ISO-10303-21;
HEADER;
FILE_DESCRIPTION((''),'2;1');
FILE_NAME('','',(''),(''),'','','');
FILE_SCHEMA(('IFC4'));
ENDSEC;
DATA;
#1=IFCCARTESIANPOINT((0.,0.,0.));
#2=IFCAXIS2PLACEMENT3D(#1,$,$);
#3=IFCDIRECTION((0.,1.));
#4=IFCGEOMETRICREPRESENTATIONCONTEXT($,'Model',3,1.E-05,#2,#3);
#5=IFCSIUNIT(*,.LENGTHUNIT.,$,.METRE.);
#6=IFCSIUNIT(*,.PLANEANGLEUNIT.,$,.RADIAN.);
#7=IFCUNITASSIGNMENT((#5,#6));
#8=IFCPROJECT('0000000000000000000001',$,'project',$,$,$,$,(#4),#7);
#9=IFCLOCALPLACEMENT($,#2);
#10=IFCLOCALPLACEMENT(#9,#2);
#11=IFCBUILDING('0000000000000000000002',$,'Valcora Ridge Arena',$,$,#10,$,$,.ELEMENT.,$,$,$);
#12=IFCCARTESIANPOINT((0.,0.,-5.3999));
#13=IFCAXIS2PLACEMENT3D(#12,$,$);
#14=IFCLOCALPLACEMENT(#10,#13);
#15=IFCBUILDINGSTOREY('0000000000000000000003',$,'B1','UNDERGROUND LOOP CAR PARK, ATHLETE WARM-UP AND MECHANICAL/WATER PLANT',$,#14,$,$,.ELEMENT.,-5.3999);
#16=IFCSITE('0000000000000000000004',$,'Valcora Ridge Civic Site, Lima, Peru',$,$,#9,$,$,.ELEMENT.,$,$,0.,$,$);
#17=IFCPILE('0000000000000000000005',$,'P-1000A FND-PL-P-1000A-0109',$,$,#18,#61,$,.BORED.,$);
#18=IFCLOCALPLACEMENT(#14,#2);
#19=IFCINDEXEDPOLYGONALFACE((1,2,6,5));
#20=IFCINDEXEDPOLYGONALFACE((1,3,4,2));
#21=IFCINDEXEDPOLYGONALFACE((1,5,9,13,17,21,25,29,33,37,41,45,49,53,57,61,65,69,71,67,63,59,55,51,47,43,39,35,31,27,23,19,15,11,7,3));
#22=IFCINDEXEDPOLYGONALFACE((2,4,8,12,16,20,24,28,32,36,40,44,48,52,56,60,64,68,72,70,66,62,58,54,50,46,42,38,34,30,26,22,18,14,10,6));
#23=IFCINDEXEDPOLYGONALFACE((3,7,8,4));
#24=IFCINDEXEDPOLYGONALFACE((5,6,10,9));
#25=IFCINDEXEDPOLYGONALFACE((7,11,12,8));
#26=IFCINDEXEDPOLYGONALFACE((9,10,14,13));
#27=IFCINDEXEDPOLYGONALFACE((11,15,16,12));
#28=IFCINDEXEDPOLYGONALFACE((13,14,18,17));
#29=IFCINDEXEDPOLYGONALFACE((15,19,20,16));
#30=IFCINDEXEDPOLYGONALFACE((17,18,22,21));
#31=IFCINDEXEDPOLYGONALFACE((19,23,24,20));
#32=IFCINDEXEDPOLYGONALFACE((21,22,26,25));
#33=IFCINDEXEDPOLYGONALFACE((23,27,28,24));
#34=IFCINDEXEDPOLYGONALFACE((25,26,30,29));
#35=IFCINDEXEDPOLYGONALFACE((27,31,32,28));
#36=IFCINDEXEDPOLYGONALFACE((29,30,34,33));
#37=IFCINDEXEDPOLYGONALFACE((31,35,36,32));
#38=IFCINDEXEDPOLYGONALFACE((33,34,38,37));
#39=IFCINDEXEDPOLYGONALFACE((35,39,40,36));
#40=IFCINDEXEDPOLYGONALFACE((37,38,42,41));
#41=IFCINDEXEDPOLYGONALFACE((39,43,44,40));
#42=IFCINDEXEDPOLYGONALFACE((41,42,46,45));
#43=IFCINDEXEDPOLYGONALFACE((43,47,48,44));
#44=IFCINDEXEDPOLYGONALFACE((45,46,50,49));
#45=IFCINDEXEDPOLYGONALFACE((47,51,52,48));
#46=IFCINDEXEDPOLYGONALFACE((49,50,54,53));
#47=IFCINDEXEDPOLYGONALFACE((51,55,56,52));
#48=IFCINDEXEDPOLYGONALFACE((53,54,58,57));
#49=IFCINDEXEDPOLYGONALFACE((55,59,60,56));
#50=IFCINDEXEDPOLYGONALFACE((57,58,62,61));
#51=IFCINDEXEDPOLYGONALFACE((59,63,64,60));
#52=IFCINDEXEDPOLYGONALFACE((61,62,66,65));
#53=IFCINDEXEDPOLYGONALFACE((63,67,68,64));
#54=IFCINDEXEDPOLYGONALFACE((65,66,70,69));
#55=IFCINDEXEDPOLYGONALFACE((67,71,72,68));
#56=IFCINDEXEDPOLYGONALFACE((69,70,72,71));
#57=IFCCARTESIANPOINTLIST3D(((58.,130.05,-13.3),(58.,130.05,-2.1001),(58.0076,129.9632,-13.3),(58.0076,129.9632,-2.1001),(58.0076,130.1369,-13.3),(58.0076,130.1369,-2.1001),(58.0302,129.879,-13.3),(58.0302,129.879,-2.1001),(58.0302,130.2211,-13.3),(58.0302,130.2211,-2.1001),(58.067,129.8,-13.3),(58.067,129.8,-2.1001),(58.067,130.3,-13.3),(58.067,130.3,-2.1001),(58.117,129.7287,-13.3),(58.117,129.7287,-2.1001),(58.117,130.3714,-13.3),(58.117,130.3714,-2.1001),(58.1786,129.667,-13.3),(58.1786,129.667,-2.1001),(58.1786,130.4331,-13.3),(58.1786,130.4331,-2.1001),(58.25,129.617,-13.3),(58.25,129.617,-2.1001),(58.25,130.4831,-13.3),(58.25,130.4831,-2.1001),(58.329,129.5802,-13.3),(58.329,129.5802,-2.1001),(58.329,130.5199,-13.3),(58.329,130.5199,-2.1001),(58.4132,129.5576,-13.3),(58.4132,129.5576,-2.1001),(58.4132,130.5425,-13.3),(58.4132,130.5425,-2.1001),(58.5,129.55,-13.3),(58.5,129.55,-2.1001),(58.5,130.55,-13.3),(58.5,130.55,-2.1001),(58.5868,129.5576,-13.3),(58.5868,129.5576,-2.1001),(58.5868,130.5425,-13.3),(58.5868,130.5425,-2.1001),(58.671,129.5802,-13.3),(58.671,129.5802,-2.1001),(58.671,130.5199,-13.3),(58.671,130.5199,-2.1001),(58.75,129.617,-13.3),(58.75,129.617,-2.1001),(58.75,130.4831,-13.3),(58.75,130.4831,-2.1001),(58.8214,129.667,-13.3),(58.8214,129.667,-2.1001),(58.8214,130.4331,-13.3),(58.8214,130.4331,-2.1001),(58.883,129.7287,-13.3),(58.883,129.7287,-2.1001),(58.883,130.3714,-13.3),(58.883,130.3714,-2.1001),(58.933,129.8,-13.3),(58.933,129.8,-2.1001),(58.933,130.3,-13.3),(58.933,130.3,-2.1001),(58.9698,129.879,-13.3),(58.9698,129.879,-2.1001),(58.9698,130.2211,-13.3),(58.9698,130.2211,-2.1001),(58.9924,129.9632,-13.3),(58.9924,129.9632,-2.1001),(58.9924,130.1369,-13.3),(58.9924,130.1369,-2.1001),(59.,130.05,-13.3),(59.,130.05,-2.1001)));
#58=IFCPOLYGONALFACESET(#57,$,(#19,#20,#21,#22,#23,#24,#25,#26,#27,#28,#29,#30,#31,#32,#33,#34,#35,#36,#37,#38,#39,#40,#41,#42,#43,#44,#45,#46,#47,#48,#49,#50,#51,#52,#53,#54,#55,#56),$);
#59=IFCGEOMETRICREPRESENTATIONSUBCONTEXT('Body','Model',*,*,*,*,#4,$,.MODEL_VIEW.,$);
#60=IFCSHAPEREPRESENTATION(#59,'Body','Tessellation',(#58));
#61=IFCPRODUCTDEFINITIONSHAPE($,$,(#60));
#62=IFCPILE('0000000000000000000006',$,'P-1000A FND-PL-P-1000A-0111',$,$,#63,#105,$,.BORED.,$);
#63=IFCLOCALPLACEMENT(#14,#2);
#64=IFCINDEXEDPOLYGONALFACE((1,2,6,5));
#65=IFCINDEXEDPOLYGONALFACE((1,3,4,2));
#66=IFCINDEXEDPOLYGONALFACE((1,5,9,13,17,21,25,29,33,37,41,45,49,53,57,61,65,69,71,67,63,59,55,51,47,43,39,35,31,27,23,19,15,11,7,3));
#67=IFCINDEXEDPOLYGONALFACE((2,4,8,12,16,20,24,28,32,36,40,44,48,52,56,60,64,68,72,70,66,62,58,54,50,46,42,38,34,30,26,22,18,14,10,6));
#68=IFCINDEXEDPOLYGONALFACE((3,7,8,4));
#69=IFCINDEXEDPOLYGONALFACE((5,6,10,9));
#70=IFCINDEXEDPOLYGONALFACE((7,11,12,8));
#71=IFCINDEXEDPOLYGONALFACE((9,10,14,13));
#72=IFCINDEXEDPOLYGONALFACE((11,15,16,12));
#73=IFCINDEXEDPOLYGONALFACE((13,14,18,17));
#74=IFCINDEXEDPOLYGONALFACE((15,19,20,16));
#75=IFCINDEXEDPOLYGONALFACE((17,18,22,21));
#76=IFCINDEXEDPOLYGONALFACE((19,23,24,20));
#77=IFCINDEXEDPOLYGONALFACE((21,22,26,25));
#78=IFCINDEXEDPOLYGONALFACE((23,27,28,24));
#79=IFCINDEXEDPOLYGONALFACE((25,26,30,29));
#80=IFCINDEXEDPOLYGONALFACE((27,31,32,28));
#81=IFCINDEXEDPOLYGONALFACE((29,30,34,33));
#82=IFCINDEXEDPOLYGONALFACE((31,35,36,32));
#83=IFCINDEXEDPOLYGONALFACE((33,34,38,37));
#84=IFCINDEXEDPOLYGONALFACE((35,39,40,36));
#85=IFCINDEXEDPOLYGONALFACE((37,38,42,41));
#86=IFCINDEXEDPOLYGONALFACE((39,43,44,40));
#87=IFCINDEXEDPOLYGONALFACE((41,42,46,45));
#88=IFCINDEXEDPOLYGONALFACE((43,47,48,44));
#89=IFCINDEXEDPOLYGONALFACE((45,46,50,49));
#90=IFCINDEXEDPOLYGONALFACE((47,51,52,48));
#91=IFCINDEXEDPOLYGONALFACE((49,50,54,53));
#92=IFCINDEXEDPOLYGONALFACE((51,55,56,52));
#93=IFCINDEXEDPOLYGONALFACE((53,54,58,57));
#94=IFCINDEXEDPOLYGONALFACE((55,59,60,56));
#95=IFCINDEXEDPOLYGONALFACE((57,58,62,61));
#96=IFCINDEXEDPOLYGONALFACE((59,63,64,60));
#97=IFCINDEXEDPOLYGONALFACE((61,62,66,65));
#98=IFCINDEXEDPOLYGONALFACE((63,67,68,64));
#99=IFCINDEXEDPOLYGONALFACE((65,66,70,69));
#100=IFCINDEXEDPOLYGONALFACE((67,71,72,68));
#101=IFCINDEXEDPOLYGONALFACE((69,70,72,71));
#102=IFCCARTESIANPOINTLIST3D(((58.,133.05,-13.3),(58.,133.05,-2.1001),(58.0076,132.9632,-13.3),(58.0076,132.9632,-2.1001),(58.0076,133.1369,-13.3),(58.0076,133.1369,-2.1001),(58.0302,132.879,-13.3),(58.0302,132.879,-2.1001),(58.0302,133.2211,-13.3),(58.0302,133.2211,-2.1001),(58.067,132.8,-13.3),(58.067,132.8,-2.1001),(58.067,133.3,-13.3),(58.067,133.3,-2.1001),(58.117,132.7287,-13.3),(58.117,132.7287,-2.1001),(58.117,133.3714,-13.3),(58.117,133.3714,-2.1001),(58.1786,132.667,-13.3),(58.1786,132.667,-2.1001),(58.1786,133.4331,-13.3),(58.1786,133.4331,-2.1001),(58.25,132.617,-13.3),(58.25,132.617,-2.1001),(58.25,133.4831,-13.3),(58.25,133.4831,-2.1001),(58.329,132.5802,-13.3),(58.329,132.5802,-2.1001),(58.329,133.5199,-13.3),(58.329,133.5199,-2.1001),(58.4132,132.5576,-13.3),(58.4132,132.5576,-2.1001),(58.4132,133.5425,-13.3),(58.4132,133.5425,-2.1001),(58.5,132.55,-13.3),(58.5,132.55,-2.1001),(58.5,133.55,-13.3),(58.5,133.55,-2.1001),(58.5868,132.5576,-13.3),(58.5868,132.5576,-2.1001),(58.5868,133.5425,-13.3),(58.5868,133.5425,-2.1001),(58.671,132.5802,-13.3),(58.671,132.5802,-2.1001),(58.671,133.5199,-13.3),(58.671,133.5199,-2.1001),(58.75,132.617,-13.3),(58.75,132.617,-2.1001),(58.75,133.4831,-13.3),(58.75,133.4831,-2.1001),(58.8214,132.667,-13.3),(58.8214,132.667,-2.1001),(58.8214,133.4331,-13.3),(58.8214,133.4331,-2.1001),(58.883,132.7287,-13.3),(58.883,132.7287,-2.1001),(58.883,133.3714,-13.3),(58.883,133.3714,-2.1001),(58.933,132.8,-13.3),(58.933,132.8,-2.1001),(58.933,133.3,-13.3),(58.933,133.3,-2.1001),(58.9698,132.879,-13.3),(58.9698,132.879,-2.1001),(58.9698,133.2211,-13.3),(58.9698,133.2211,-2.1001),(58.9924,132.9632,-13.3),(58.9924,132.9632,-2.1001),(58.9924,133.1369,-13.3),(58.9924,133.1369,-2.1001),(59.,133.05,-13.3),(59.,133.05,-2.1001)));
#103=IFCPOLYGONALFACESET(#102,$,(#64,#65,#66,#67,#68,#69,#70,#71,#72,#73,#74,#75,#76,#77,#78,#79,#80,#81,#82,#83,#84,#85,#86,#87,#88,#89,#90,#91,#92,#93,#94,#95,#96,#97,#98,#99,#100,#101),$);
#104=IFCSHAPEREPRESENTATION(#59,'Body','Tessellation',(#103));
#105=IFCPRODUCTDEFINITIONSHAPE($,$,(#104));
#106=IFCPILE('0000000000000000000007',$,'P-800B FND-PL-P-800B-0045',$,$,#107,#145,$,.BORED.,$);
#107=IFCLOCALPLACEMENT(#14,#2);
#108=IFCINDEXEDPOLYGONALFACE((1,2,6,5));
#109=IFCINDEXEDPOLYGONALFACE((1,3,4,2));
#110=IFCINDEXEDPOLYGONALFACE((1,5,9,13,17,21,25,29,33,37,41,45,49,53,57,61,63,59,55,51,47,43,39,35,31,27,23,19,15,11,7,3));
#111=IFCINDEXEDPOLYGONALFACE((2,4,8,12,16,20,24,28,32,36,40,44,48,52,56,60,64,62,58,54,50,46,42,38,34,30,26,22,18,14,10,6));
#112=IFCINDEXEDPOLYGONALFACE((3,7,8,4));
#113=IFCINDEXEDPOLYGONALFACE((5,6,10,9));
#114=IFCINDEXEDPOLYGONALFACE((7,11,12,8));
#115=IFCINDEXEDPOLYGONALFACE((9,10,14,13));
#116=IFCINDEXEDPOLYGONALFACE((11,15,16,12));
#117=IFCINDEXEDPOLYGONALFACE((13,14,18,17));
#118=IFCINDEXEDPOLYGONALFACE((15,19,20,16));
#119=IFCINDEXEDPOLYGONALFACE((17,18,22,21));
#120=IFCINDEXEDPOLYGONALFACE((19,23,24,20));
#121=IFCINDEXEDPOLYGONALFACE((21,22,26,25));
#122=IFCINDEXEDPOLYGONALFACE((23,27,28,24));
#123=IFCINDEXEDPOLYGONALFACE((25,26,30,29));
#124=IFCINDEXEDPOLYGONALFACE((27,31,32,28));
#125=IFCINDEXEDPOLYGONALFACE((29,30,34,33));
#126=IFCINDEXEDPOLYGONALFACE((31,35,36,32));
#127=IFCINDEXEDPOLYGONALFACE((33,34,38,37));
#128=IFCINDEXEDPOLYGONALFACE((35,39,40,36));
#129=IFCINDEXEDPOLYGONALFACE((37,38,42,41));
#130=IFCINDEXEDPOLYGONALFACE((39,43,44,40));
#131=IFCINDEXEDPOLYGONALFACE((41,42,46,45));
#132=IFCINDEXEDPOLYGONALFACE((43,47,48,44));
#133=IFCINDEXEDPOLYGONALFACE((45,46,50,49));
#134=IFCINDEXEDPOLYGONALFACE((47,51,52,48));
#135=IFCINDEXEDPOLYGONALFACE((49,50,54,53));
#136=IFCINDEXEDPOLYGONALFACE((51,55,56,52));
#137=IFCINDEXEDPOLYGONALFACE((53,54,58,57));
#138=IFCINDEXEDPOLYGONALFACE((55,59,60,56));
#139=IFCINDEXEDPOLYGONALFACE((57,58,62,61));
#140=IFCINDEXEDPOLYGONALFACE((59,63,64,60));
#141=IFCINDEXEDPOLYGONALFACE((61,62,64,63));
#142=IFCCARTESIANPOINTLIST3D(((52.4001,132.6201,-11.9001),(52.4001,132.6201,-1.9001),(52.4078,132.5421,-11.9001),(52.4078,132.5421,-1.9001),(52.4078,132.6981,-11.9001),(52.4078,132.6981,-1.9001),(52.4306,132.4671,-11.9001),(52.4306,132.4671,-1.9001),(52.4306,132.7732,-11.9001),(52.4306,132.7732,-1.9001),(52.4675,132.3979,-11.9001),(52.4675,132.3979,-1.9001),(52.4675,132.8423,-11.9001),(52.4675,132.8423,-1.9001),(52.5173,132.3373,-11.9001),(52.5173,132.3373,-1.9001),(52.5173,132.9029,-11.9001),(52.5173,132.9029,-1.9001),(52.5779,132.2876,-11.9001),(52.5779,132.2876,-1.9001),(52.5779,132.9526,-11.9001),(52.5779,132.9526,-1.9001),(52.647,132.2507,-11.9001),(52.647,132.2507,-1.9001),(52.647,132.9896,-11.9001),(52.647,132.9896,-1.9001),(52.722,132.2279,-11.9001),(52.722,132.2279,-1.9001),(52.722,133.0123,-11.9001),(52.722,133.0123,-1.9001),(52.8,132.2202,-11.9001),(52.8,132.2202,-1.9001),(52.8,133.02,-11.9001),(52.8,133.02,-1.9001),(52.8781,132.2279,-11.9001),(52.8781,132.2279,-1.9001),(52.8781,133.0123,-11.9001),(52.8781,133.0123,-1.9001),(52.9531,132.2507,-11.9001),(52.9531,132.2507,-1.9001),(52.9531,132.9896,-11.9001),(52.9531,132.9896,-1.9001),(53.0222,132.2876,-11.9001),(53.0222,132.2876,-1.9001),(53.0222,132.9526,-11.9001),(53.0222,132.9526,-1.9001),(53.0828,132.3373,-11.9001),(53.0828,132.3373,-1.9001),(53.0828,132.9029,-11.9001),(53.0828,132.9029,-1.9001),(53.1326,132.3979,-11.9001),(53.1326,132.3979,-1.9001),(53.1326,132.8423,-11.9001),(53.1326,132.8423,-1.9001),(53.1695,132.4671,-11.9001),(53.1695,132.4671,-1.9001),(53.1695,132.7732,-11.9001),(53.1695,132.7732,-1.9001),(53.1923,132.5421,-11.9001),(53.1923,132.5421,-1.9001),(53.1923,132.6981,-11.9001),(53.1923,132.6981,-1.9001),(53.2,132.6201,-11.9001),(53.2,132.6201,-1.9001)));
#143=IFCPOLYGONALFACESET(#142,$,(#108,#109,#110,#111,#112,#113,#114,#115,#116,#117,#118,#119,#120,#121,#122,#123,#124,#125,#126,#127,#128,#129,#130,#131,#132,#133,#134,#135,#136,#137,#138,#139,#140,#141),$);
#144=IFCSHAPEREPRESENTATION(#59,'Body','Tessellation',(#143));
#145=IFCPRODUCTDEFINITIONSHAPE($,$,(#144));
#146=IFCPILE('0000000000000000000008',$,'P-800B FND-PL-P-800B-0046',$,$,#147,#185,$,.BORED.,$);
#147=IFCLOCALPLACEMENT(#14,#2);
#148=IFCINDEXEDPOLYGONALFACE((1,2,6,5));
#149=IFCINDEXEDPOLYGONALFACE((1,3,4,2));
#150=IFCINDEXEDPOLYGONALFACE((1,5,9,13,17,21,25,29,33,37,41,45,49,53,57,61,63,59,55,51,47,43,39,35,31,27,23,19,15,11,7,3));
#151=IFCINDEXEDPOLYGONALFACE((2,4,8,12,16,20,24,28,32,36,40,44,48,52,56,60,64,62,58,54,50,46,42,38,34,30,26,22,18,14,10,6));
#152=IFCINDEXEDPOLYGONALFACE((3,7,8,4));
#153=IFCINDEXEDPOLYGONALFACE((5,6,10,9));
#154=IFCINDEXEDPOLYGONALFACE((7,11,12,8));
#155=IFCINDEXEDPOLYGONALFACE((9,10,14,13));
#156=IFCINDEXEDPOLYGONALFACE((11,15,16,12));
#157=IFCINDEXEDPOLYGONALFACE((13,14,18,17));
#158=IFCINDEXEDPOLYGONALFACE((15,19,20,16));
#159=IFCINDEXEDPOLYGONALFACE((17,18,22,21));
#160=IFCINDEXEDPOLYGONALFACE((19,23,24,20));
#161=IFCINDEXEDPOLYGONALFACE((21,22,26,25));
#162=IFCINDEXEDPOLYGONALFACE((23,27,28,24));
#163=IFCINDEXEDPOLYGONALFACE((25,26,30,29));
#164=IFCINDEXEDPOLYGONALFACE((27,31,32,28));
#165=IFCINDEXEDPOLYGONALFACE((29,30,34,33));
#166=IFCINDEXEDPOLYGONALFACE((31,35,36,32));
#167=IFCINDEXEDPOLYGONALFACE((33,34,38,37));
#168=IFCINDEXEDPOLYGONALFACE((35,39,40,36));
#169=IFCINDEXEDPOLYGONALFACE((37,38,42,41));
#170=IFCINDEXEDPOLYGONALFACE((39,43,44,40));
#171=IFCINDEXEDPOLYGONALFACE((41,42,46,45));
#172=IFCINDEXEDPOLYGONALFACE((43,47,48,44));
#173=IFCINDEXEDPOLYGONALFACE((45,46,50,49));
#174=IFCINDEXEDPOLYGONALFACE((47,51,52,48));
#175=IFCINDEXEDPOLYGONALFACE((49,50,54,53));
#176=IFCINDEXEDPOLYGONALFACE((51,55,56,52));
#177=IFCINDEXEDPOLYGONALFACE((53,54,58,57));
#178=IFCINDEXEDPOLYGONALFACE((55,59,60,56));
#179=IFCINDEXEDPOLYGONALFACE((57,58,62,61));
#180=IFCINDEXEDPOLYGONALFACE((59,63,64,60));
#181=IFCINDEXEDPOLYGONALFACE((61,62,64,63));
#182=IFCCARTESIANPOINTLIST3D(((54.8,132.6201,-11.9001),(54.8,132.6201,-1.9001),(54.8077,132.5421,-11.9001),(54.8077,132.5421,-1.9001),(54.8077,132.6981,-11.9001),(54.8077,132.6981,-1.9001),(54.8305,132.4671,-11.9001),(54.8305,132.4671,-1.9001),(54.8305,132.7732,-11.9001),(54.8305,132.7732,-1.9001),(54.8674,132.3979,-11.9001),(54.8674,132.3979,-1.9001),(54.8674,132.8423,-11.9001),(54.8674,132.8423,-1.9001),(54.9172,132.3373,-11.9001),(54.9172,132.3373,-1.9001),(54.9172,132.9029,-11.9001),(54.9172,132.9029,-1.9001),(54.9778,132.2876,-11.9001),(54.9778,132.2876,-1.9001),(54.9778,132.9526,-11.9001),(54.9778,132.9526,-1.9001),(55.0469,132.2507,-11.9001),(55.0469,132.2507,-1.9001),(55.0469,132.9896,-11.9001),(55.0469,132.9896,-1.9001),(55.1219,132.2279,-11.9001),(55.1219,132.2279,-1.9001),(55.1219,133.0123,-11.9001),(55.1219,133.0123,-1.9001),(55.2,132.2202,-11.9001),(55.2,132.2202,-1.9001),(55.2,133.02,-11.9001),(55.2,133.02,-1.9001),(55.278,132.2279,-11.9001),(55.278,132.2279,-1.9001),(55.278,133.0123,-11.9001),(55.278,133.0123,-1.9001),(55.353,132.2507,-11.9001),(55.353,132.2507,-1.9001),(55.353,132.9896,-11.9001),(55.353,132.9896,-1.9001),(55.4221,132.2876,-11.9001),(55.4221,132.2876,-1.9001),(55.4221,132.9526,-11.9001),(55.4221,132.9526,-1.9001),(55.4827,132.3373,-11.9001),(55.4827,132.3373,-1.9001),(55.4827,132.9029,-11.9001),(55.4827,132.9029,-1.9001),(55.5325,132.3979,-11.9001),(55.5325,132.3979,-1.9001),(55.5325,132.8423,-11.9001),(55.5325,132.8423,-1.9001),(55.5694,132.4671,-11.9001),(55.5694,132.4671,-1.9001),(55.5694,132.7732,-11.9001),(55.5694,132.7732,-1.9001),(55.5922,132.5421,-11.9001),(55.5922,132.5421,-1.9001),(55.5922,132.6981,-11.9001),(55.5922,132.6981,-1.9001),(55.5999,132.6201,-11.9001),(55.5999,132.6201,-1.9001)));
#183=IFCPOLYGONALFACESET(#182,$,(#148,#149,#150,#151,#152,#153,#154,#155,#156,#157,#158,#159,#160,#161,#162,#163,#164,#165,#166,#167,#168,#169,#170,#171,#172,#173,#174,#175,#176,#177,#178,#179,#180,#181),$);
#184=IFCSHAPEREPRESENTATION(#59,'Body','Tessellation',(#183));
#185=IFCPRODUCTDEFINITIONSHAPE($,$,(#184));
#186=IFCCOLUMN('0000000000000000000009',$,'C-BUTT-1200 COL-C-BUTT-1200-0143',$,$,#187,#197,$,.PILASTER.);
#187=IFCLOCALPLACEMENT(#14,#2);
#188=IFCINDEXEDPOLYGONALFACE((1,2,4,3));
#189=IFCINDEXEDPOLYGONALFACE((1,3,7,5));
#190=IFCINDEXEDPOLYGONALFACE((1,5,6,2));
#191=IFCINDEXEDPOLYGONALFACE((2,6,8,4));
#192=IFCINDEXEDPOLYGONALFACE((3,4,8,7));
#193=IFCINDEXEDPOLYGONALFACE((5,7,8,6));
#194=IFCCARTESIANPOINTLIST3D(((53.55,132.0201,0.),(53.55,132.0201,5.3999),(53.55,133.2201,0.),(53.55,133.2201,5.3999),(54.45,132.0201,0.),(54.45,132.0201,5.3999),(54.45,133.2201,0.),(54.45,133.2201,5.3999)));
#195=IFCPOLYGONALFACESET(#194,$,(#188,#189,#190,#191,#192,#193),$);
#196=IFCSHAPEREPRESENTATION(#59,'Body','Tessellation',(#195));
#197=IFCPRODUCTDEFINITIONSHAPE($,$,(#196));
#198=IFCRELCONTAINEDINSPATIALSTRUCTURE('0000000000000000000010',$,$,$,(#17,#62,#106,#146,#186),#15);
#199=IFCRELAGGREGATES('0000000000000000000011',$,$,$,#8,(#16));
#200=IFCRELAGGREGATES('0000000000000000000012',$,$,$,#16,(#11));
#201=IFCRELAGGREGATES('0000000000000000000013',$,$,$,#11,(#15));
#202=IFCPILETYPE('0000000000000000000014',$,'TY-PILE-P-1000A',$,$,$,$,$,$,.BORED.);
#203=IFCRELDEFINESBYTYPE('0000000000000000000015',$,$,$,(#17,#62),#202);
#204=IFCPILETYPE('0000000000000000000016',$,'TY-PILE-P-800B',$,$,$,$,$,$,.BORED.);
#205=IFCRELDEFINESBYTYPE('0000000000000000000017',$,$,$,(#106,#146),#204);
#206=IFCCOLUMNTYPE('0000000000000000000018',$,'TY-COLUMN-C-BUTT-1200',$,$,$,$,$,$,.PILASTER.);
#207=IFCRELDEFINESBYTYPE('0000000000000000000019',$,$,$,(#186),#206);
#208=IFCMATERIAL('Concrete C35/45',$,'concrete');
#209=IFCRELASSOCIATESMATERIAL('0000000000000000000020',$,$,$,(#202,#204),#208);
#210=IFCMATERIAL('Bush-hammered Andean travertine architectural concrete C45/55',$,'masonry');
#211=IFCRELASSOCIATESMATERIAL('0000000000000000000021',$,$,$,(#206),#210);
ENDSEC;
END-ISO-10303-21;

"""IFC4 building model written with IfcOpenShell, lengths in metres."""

from ifc_helpers import new_model, si_unit, direction, frame, origin, origin_2d, place, context, subcontext, project, spatial, rectangle, circle, extrude, material, material_profile, profile_set, type_object, element, save


model = new_model("IFC4")

# Units and contexts
model_context = context("Model", 3, precision=1e-05, world=origin(), true_north=direction((0.0, 1.0)))
body_context = subcontext(model_context, "Body", "Model", "MODEL_VIEW")
ifc_project = project(units=[si_unit("LENGTHUNIT", "METRE"), si_unit("PLANEANGLEUNIT", "RADIAN")], contexts=[model_context])

# Site, building, storey
site_placement = place(None, origin())
site = spatial("IfcSite", under=ifc_project, at=site_placement, Name="Valcora Ridge Civic Site, Lima, Peru", CompositionType="ELEMENT", RefElevation=0.0)
building_placement = place(site_placement, origin())
building = spatial("IfcBuilding", under=site, at=building_placement, Name="Valcora Ridge Arena", CompositionType="ELEMENT")
storey_placement = place(building_placement, frame((0.0, 0.0, -5.3999)))
storey = spatial("IfcBuildingStorey", under=building, at=storey_placement, Name="B1", Description="UNDERGROUND LOOP CAR PARK, ATHLETE WARM-UP AND MECHANICAL/WATER PLANT", CompositionType="ELEMENT", Elevation=-5.3999)

# Piles
ifc_material_1 = material(Name="Concrete C35/45", Category="concrete")
ifc_material_profile_1 = material_profile(ifc_material_1, circle(Radius=0.5, at=origin_2d()), Name="BORED PILE D1000")
ifc_profile_set_1 = profile_set([ifc_material_profile_1], Name="Concrete C35/45")
pile_type_1 = type_object("IfcPileType", Name="TY-PILE-P-1000A", PredefinedType="BORED", material=ifc_profile_set_1)
for number, where, z_axis, x_axis, name in (
    (1, (58.5, 130.05, -2.1001), (0.0, 0.0, -1.0), (1.0, 0.0, 0.0), "P-1000A FND-PL-P-1000A-0109"),
    (2, (58.5, 133.05, -2.1001), (0.0, 0.0, -1.0), (1.0, 0.0, 0.0), "P-1000A FND-PL-P-1000A-0111"),
):
    element("IfcPile", number, at=place(storey_placement, frame(where, z_axis=z_axis, x_axis=x_axis)), inside=storey, type_object=pile_type_1, Name=name, PredefinedType="BORED", context=body_context, shape_type="SweptSolid", body=[
        extrude(circle(Radius=0.5, at=origin_2d()), origin(), (0.0, 0.0, 1.0), 11.2),
    ])
ifc_material_profile_2 = material_profile(ifc_material_1, circle(Radius=0.3999, at=origin_2d()), Name="BORED PILE D800")
ifc_profile_set_2 = profile_set([ifc_material_profile_2], Name="Concrete C35/45")
pile_type_2 = type_object("IfcPileType", Name="TY-PILE-P-800B", PredefinedType="BORED", material=ifc_profile_set_2)
for number, where, z_axis, x_axis, name in (
    (3, (52.8, 132.6201, -1.9001), (0.0, 0.0, -1.0), (1.0, 0.0, 0.0), "P-800B FND-PL-P-800B-0045"),
    (4, (55.2, 132.6201, -1.9001), (0.0, 0.0, -1.0), (1.0, 0.0, 0.0), "P-800B FND-PL-P-800B-0046"),
):
    element("IfcPile", number, at=place(storey_placement, frame(where, z_axis=z_axis, x_axis=x_axis)), inside=storey, type_object=pile_type_2, Name=name, PredefinedType="BORED", context=body_context, shape_type="SweptSolid", body=[
        extrude(circle(Radius=0.3999, at=origin_2d()), origin(), (0.0, 0.0, 1.0), 10.0),
    ])

# Column
ifc_material_2 = material(Name="Bush-hammered Andean travertine architectural concrete C45/55", Category="masonry")
ifc_material_profile_3 = material_profile(ifc_material_2, rectangle(XDim=0.8999, YDim=1.2, at=origin_2d()), Name="RC 900x1200")
ifc_profile_set_3 = profile_set([ifc_material_profile_3], Name="Bush-hammered Andean travertine architectural concrete C45/55")
column_type_1 = type_object("IfcColumnType", Name="TY-COLUMN-C-BUTT-1200", PredefinedType="PILASTER", material=ifc_profile_set_3)
for number, where, z_axis, x_axis, name in (
    (5, (54.0, 132.6201, 0.0), (0.0, 0.0, 1.0), (1.0, 0.0, 0.0), "C-BUTT-1200 COL-C-BUTT-1200-0143"),
):
    element("IfcColumn", number, at=place(storey_placement, frame(where, z_axis=z_axis, x_axis=x_axis)), inside=storey, type_object=column_type_1, Name=name, PredefinedType="PILASTER", context=body_context, shape_type="SweptSolid", body=[
        extrude(rectangle(XDim=0.8999, YDim=1.2, at=origin_2d()), origin(), (0.0, 0.0, 1.0), 5.3999),
    ])

save(model, "model.ifc")
